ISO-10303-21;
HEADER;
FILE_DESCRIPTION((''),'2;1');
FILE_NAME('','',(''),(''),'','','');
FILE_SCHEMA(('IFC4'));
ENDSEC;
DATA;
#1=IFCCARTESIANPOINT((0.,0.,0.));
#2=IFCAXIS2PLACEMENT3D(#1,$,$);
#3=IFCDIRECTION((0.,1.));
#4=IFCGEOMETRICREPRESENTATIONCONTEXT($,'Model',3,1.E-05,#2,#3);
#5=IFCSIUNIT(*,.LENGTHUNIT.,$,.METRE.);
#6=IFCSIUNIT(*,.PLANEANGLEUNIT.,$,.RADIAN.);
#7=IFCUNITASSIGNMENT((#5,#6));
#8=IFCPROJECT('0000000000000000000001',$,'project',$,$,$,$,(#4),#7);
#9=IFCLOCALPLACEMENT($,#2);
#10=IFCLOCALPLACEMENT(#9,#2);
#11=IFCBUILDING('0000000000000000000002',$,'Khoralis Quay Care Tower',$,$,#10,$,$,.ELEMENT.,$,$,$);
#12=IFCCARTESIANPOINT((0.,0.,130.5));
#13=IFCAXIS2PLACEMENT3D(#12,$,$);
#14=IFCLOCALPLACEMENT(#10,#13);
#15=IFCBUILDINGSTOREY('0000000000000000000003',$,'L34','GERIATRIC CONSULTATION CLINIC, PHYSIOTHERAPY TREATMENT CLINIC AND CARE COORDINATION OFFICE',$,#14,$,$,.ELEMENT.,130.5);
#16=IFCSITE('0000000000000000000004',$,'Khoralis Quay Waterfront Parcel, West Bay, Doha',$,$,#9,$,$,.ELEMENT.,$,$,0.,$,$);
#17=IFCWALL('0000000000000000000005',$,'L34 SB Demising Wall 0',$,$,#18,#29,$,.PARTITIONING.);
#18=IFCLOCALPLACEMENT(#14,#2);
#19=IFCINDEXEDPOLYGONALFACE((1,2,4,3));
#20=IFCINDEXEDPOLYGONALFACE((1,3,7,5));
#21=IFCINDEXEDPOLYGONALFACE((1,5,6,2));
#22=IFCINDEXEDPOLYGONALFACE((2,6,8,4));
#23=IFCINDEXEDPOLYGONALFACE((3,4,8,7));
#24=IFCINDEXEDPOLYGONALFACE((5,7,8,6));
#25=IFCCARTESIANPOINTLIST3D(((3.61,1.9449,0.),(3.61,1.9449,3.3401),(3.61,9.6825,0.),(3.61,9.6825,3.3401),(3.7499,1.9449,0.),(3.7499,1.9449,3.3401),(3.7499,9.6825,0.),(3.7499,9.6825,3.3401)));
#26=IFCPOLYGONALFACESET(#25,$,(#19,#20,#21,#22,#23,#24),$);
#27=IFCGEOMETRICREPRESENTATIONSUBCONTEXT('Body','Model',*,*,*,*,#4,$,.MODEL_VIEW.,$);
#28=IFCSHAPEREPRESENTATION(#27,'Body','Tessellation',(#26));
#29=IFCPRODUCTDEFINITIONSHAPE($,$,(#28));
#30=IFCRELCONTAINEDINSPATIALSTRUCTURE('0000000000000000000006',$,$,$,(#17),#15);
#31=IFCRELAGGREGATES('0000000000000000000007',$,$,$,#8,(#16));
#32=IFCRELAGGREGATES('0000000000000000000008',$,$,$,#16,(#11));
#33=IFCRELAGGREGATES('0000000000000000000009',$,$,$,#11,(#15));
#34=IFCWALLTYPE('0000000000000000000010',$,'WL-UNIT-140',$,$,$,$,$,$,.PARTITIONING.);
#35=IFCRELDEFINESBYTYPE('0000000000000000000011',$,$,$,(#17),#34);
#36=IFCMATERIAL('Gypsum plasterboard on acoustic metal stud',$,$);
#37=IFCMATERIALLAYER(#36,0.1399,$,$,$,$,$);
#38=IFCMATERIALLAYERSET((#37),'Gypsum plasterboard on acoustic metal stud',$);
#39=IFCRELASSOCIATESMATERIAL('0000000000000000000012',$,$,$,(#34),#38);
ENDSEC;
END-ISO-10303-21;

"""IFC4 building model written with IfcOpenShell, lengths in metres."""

from ifc_helpers import new_model, si_unit, direction, frame, frame_2d, origin, place, context, subcontext, project, spatial, rectangle, extrude, material, layer, layer_set, type_object, element, save


model = new_model("IFC4")

# Units and contexts
model_context = context("Model", 3, precision=1e-05, world=origin(), true_north=direction((0.0, 1.0)))
body_context = subcontext(model_context, "Body", "Model", "MODEL_VIEW")
ifc_project = project(units=[si_unit("LENGTHUNIT", "METRE"), si_unit("PLANEANGLEUNIT", "RADIAN")], contexts=[model_context])

# Site, building, storey
site_placement = place(None, origin())
site = spatial("IfcSite", under=ifc_project, at=site_placement, Name="Khoralis Quay Waterfront Parcel, West Bay, Doha", CompositionType="ELEMENT", RefElevation=0.0)
building_placement = place(site_placement, origin())
building = spatial("IfcBuilding", under=site, at=building_placement, Name="Khoralis Quay Care Tower", CompositionType="ELEMENT")
storey_placement = place(building_placement, frame((0.0, 0.0, 130.5)))
storey = spatial("IfcBuildingStorey", under=building, at=storey_placement, Name="L34", Description="GERIATRIC CONSULTATION CLINIC, PHYSIOTHERAPY TREATMENT CLINIC AND CARE COORDINATION OFFICE", CompositionType="ELEMENT", Elevation=130.5)

# Wall
ifc_material_1 = material(Name="Gypsum plasterboard on acoustic metal stud")
ifc_layer_1 = layer(ifc_material_1, 0.1399)
ifc_layer_set_1 = layer_set([ifc_layer_1], Name="Gypsum plasterboard on acoustic metal stud")
wall_type_1 = type_object("IfcWallType", Name="WL-UNIT-140", PredefinedType="PARTITIONING", material=ifc_layer_set_1)
wall_1_placement = place(storey_placement, frame((3.6799, 1.9451, 0.0), z_axis=(0.0, 0.0, 1.0), x_axis=(0.0, 1.0, 0.0)))
element("IfcWall", 1, at=wall_1_placement, inside=storey, type_object=wall_type_1, Name="L34 SB Demising Wall 0", PredefinedType="PARTITIONING", context=body_context, shape_type="SweptSolid", body=[
    extrude(rectangle(XDim=7.7375, YDim=0.1399, at=frame_2d((3.8687, 0.0))), origin(), (0.0, 0.0, 1.0), 3.3401),
])

save(model, "model.ifc")
